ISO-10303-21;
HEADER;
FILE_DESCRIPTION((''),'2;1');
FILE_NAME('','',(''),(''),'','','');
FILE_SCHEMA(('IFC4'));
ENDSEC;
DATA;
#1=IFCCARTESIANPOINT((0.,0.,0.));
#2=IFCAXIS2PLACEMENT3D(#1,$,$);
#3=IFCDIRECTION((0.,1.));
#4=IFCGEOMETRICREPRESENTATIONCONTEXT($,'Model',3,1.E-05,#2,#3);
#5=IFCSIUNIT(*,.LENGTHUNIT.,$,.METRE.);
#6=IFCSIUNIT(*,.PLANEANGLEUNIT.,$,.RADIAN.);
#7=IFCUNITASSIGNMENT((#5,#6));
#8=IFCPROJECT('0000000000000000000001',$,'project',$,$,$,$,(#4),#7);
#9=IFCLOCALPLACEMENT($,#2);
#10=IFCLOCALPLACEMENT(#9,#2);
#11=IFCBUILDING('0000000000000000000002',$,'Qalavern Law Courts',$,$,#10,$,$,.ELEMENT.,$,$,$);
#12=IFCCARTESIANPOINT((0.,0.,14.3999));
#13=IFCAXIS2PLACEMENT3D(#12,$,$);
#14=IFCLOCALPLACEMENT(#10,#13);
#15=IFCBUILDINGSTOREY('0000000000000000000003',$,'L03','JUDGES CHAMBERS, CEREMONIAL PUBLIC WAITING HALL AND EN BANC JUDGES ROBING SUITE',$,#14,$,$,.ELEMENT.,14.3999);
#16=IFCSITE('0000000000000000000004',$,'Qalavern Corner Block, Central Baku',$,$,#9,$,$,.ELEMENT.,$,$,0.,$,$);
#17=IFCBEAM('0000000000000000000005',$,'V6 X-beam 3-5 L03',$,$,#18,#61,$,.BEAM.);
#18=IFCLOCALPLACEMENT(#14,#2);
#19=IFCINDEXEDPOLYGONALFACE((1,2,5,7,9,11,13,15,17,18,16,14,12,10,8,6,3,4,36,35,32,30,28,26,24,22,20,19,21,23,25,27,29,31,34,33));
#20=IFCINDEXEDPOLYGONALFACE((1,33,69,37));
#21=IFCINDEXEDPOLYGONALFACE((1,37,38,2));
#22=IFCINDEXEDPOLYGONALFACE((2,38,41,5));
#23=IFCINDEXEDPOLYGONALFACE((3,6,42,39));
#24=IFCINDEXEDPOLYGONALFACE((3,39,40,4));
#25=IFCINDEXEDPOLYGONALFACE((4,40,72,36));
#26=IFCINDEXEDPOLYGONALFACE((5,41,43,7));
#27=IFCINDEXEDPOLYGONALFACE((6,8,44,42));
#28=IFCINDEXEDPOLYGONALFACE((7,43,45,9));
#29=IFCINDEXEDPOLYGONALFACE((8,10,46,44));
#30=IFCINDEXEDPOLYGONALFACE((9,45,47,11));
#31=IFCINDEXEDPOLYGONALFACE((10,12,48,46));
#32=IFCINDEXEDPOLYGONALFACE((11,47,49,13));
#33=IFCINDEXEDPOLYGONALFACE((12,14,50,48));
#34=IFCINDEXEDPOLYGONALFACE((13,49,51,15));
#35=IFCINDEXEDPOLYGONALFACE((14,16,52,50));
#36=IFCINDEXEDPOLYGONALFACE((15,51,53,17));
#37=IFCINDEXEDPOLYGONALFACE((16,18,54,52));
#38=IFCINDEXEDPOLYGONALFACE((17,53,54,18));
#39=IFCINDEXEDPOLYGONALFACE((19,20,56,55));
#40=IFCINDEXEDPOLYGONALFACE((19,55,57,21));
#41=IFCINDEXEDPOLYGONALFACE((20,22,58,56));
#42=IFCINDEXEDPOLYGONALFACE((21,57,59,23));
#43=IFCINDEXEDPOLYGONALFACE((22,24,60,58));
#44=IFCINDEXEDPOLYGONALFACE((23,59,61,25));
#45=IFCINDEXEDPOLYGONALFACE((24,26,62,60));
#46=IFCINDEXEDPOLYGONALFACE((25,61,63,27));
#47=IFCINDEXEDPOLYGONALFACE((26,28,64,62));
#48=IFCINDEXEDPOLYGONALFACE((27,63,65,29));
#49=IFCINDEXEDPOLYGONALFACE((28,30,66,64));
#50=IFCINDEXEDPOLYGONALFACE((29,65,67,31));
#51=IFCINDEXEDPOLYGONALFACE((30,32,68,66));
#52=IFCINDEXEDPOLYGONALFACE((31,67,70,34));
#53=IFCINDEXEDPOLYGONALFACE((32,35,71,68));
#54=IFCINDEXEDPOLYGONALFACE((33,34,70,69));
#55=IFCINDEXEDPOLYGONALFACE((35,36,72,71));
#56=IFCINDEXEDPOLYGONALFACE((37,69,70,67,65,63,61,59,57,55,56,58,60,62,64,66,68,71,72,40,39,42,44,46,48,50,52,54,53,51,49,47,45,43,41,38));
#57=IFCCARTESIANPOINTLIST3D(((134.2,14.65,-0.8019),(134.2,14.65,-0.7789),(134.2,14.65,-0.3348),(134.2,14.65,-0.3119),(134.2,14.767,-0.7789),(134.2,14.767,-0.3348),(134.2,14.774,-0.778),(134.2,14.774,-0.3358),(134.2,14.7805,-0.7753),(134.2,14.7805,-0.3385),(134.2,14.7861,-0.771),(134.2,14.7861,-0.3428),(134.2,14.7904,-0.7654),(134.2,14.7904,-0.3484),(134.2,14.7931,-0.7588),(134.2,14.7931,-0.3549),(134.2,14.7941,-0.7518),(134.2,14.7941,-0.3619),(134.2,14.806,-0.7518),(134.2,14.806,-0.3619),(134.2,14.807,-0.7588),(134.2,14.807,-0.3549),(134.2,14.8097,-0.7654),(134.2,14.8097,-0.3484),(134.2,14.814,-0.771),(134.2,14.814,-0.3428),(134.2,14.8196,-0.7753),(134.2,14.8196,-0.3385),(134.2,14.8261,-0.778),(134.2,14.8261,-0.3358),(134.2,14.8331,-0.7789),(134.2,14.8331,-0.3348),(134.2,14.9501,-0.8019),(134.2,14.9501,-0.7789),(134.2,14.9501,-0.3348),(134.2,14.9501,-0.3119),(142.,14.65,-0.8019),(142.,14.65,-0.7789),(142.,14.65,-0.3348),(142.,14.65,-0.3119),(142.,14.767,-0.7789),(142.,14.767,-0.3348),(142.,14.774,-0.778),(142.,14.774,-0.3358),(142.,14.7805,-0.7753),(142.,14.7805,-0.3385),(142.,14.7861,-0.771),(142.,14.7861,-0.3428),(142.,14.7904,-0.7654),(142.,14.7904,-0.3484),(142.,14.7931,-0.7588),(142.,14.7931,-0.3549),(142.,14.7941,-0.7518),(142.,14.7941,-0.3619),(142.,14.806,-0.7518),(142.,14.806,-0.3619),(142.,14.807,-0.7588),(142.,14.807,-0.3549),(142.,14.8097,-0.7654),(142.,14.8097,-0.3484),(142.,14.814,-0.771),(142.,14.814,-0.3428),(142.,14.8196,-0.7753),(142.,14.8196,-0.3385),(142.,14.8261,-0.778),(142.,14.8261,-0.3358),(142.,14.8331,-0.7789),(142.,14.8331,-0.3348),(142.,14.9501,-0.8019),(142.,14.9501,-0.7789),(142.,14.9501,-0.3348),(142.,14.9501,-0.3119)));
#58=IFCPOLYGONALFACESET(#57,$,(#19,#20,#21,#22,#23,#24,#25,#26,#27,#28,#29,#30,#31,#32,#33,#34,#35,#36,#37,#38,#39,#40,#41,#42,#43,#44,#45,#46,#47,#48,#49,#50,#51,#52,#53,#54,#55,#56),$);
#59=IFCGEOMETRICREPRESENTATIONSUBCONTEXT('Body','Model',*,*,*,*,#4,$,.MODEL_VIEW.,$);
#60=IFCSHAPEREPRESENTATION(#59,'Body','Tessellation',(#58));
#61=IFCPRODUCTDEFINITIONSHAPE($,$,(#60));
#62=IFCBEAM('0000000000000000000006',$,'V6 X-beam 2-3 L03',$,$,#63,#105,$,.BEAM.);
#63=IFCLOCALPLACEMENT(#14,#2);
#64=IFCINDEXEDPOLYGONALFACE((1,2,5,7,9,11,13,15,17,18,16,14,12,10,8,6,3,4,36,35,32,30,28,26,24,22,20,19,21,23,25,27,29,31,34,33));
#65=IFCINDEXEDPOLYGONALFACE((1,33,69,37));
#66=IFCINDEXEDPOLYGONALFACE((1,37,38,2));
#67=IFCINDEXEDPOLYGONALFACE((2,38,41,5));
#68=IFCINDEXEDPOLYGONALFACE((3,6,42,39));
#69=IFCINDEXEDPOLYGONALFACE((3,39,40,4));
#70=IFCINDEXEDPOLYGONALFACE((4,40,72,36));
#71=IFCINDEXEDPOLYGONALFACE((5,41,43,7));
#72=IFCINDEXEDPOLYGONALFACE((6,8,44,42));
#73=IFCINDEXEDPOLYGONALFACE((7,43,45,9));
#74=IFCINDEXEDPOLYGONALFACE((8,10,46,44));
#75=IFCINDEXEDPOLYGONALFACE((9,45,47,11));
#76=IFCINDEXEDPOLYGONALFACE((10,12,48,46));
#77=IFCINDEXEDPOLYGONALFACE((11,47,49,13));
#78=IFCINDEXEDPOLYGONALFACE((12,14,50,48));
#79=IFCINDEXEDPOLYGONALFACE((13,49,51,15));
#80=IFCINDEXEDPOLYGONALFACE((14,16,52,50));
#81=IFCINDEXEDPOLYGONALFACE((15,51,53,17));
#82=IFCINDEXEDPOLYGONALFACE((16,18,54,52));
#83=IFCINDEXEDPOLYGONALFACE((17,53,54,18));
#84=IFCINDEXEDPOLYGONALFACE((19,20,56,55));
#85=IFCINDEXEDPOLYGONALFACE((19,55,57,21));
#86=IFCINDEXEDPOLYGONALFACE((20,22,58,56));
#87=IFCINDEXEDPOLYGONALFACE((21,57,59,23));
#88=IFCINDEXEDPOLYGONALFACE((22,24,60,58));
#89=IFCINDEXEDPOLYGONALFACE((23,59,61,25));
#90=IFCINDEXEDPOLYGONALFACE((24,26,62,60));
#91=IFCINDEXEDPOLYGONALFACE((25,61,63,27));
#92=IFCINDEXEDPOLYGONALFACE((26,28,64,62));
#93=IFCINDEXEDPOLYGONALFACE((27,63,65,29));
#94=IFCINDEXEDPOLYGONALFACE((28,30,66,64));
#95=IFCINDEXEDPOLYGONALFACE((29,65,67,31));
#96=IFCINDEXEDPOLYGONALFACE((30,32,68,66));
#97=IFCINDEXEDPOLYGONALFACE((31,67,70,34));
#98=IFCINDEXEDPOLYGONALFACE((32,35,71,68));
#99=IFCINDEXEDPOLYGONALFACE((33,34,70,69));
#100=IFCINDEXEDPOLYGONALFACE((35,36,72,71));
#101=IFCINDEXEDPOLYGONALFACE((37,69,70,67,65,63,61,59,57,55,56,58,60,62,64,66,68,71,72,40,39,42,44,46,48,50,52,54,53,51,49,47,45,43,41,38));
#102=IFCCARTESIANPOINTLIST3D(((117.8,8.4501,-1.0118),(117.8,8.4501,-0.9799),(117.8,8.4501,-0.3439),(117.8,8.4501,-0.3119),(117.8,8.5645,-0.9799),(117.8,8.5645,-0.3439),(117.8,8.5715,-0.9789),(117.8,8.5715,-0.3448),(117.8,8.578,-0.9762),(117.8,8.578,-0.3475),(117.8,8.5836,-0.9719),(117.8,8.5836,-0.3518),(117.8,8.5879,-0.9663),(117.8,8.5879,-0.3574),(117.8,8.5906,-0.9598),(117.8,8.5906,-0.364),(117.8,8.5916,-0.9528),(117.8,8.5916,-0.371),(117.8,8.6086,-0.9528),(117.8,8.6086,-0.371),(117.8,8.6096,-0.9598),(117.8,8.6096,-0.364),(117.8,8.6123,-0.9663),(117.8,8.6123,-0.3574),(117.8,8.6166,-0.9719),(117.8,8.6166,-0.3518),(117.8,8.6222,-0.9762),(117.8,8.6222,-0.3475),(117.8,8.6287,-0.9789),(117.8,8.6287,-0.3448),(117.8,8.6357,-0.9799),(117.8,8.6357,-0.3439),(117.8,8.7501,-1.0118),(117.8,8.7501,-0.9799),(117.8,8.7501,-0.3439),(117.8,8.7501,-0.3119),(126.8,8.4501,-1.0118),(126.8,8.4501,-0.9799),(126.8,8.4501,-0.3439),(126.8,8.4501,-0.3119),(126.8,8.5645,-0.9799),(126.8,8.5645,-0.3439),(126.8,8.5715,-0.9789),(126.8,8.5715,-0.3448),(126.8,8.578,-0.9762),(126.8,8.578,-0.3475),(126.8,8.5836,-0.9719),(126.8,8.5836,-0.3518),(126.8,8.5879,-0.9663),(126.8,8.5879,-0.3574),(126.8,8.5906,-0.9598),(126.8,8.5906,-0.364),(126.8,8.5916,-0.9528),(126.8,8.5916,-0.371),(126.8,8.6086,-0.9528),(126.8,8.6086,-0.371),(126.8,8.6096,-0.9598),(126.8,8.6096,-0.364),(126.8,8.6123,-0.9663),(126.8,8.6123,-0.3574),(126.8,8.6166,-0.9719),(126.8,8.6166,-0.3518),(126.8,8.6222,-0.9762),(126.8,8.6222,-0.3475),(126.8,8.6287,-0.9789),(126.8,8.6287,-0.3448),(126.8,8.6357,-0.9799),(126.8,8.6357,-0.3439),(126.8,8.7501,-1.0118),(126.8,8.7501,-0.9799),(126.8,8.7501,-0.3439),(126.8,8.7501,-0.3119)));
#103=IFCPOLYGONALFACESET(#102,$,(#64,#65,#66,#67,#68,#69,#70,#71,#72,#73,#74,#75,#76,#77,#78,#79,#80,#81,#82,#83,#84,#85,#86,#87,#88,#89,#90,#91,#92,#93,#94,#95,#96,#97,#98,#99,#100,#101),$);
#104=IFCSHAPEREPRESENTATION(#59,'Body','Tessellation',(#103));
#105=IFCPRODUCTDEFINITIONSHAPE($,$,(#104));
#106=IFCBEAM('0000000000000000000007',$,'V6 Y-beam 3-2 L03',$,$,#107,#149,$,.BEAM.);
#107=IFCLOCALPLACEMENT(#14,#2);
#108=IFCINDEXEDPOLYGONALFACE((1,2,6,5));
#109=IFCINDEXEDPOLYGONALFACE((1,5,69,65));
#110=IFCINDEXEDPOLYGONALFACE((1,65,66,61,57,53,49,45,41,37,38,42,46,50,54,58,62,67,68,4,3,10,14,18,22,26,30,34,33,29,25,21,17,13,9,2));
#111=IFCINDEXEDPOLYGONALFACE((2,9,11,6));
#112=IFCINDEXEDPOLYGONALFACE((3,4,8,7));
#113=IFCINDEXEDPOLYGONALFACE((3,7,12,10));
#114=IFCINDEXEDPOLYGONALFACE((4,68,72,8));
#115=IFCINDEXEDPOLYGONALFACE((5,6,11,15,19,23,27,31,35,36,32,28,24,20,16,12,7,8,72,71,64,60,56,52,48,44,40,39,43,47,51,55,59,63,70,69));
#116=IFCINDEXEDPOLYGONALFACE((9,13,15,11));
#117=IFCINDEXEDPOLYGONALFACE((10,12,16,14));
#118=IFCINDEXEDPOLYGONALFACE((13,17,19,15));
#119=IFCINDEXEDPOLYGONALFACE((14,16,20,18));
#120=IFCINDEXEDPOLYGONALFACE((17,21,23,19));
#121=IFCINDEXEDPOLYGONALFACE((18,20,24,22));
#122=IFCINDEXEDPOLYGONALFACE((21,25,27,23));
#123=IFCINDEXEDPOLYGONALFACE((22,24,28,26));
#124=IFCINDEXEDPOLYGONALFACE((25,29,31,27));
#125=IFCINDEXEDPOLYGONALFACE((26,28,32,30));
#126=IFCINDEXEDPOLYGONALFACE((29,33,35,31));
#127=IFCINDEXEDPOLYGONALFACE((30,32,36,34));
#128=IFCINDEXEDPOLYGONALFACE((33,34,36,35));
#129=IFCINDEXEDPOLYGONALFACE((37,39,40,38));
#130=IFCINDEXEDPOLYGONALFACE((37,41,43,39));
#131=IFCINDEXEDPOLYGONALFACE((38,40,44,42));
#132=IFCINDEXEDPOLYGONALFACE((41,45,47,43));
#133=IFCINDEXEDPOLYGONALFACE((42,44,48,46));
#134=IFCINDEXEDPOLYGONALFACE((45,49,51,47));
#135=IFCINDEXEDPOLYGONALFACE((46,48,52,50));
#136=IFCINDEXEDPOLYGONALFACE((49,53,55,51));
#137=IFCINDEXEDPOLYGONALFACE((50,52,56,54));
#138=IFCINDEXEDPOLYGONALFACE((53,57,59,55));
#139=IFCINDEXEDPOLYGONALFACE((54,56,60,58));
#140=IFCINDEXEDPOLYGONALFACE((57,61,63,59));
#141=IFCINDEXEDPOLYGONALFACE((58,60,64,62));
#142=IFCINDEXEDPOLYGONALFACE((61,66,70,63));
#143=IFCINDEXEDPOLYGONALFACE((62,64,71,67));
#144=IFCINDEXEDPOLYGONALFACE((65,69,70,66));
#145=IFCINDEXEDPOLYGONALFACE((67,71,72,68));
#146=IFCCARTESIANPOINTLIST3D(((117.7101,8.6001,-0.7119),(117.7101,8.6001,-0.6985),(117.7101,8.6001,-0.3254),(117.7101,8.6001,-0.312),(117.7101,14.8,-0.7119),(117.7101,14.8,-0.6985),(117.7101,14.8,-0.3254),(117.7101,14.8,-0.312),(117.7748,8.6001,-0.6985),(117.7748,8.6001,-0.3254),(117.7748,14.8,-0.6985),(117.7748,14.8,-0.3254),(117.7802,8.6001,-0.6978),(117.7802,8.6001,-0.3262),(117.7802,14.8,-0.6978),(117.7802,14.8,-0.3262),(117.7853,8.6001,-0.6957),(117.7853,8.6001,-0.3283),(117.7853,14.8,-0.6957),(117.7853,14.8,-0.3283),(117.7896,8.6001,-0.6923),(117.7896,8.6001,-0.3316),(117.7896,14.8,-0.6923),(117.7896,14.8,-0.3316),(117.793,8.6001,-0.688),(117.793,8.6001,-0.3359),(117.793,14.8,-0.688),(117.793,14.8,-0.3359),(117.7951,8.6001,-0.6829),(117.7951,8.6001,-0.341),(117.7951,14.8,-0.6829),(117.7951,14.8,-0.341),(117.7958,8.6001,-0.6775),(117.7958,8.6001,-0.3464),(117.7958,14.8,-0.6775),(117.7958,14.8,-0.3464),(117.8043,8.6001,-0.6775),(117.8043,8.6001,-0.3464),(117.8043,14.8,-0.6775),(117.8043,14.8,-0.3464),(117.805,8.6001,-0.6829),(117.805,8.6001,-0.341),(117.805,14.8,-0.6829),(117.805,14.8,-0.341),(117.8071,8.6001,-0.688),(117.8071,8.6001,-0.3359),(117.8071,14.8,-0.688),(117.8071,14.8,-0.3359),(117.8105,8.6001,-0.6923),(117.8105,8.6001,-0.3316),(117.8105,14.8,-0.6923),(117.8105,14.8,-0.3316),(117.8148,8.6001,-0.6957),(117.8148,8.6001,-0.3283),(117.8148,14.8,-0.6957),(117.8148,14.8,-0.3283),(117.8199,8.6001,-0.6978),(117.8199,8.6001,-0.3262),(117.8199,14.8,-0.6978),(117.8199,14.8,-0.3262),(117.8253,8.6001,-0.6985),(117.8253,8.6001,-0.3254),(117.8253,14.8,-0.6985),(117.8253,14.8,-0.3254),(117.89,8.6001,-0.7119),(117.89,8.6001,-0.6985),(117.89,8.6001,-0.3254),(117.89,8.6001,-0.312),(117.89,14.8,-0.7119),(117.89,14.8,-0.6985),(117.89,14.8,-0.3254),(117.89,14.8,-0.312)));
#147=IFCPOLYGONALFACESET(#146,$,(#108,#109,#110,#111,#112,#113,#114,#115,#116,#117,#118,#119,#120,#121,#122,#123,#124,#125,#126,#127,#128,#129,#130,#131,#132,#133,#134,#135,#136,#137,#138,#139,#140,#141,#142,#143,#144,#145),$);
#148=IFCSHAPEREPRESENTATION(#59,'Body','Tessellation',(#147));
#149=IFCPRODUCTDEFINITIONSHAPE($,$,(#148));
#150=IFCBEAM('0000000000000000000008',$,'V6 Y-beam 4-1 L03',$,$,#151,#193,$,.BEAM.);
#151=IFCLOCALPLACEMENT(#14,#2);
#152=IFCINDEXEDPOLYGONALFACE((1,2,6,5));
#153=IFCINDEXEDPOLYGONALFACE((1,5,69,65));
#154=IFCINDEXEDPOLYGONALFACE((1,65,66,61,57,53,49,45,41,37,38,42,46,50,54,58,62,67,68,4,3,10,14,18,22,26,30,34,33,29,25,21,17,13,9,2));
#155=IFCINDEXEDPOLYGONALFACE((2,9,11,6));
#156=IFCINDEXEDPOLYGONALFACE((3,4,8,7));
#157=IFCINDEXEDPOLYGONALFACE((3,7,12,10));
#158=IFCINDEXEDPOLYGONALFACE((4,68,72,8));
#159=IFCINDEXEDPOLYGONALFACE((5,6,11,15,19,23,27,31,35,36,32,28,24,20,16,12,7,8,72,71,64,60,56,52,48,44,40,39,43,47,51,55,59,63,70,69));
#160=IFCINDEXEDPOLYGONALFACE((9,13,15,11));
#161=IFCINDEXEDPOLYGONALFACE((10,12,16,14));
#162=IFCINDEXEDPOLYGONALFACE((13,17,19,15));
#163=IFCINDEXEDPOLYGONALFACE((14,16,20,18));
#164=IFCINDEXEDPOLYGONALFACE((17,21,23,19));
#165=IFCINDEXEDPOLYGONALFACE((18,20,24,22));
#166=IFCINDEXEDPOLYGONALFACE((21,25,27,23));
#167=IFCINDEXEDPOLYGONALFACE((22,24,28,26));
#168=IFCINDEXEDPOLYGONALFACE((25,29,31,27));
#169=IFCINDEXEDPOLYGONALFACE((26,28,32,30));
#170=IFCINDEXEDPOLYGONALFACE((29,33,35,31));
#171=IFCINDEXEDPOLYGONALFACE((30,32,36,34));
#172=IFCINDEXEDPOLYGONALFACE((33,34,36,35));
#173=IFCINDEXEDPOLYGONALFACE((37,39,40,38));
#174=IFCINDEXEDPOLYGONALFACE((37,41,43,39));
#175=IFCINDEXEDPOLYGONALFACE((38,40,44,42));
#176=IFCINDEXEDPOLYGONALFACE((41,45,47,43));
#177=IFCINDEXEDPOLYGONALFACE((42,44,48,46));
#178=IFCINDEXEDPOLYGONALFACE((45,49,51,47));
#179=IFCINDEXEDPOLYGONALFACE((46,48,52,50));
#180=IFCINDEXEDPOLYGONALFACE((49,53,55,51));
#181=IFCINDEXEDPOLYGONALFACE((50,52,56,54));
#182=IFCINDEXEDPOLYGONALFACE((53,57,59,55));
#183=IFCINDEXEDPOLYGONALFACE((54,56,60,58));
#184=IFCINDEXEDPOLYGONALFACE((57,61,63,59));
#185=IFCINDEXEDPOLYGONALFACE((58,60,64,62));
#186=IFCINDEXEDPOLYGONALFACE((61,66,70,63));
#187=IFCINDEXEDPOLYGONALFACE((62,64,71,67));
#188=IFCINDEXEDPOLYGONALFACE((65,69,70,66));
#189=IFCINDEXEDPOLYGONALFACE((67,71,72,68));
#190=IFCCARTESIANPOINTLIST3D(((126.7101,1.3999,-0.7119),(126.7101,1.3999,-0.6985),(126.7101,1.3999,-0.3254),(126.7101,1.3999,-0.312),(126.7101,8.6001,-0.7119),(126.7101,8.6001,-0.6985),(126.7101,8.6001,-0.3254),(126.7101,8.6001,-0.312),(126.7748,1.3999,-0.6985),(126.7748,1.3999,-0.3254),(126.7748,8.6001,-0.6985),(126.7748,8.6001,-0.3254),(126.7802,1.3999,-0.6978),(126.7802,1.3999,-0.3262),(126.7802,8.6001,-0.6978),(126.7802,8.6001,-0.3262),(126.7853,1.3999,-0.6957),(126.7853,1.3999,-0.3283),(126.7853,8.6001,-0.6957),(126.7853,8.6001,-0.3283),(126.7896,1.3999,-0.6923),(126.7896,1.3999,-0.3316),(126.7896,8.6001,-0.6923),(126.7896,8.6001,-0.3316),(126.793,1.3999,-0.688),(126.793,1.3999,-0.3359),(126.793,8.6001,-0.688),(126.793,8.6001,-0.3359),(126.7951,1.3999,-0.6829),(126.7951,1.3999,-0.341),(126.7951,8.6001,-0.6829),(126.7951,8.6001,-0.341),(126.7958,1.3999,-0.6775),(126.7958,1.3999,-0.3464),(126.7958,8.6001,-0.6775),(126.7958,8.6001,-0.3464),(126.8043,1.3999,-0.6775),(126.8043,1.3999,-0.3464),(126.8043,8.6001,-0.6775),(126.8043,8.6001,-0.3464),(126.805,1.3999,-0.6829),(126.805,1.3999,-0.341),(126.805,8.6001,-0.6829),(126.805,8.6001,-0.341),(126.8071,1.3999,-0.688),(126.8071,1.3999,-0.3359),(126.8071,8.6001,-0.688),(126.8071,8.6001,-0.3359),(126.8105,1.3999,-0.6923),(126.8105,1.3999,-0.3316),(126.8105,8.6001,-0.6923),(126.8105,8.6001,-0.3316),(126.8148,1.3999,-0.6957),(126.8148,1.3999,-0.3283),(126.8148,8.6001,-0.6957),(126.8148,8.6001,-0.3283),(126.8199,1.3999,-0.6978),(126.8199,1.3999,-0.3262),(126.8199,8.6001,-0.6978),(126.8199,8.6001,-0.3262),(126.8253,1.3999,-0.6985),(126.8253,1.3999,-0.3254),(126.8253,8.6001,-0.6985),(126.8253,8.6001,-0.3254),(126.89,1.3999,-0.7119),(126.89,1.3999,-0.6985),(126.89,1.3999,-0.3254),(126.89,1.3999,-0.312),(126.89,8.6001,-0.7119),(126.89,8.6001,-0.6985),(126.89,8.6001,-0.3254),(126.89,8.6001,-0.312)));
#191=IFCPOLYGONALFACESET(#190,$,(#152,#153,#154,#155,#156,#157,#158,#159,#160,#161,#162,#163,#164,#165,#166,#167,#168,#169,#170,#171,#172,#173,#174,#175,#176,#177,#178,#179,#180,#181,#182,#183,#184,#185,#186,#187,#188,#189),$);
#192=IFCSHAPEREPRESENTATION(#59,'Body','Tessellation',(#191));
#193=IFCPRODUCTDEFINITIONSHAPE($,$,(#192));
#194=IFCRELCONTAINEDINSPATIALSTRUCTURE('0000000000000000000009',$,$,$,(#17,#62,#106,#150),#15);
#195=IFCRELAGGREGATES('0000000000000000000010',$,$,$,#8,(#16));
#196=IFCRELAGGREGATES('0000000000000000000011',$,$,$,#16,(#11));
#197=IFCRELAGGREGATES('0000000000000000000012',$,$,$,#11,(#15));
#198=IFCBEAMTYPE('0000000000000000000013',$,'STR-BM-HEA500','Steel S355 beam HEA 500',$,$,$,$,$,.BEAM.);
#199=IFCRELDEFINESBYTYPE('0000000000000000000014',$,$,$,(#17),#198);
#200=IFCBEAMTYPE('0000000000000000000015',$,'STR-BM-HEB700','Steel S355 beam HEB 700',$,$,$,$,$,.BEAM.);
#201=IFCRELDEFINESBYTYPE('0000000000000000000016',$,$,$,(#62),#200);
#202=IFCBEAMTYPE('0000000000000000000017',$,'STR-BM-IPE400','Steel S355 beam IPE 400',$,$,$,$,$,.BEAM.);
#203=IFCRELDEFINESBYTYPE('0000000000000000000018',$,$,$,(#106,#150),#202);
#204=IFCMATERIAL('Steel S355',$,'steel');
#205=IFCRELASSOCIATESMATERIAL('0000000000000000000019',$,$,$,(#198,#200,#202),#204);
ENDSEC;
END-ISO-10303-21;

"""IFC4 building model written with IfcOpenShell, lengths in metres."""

from ifc_helpers import new_model, si_unit, direction, frame, origin, origin_2d, place, context, subcontext, project, spatial, i_section, extrude, material, material_profile, profile_set, type_object, element, save


model = new_model("IFC4")

# Units and contexts
model_context = context("Model", 3, precision=1e-05, world=origin(), true_north=direction((0.0, 1.0)))
body_context = subcontext(model_context, "Body", "Model", "MODEL_VIEW")
ifc_project = project(units=[si_unit("LENGTHUNIT", "METRE"), si_unit("PLANEANGLEUNIT", "RADIAN")], contexts=[model_context])

# Site, building, storey
site_placement = place(None, origin())
site = spatial("IfcSite", under=ifc_project, at=site_placement, Name="Qalavern Corner Block, Central Baku", CompositionType="ELEMENT", RefElevation=0.0)
building_placement = place(site_placement, origin())
building = spatial("IfcBuilding", under=site, at=building_placement, Name="Qalavern Law Courts", CompositionType="ELEMENT")
storey_placement = place(building_placement, frame((0.0, 0.0, 14.3999)))
storey = spatial("IfcBuildingStorey", under=building, at=storey_placement, Name="L03", Description="JUDGES CHAMBERS, CEREMONIAL PUBLIC WAITING HALL AND EN BANC JUDGES ROBING SUITE", CompositionType="ELEMENT", Elevation=14.3999)

# Beams
ifc_material_1 = material(Name="Steel S355", Category="steel")
ifc_material_profile_1 = material_profile(ifc_material_1, i_section(OverallWidth=0.3, OverallDepth=0.49, WebThickness=0.012, FlangeThickness=0.0229, FilletRadius=0.0271, at=origin_2d()), Name="HEA 500")
ifc_profile_set_1 = profile_set([ifc_material_profile_1], Name="Steel S355")
beam_type_1 = type_object("IfcBeamType", Name="STR-BM-HEA500", Description="Steel S355 beam HEA 500", PredefinedType="BEAM", material=ifc_profile_set_1)
beam_1_placement = place(storey_placement, frame((134.2, 14.8, -0.5569), z_axis=(1.0, 0.0, 0.0), x_axis=(0.0, 1.0, 0.0)))
element("IfcBeam", 1, at=beam_1_placement, inside=storey, type_object=beam_type_1, Name="V6 X-beam 3-5 L03", PredefinedType="BEAM", context=body_context, shape_type="SweptSolid", body=[
    extrude(i_section(OverallWidth=0.3, OverallDepth=0.49, WebThickness=0.012, FlangeThickness=0.0229, FilletRadius=0.0271, at=origin_2d()), origin(), (0.0, 0.0, 1.0), 7.8),
])
ifc_material_profile_2 = material_profile(ifc_material_1, i_section(OverallWidth=0.3, OverallDepth=0.7, WebThickness=0.0171, FlangeThickness=0.032, FilletRadius=0.0271, at=origin_2d()), Name="HEB 700")
ifc_profile_set_2 = profile_set([ifc_material_profile_2], Name="Steel S355")
beam_type_2 = type_object("IfcBeamType", Name="STR-BM-HEB700", Description="Steel S355 beam HEB 700", PredefinedType="BEAM", material=ifc_profile_set_2)
beam_2_placement = place(storey_placement, frame((117.8, 8.6001, -0.6619), z_axis=(1.0, 0.0, 0.0), x_axis=(0.0, 1.0, 0.0)))
element("IfcBeam", 2, at=beam_2_placement, inside=storey, type_object=beam_type_2, Name="V6 X-beam 2-3 L03", PredefinedType="BEAM", context=body_context, shape_type="SweptSolid", body=[
    extrude(i_section(OverallWidth=0.3, OverallDepth=0.7, WebThickness=0.0171, FlangeThickness=0.032, FilletRadius=0.0271, at=origin_2d()), origin(), (0.0, 0.0, 1.0), 9.0),
])
ifc_material_profile_3 = material_profile(ifc_material_1, i_section(OverallWidth=0.1799, OverallDepth=0.3999, WebThickness=0.0085, FlangeThickness=0.0134, FilletRadius=0.021, at=origin_2d()), Name="IPE 400")
ifc_profile_set_3 = profile_set([ifc_material_profile_3], Name="Steel S355")
beam_type_3 = type_object("IfcBeamType", Name="STR-BM-IPE400", Description="Steel S355 beam IPE 400", PredefinedType="BEAM", material=ifc_profile_set_3)
beam_3_placement = place(storey_placement, frame((117.8, 8.6001, -0.512), z_axis=(0.0, 1.0, 0.0), x_axis=(-1.0, 0.0, 0.0)))
element("IfcBeam", 3, at=beam_3_placement, inside=storey, type_object=beam_type_3, Name="V6 Y-beam 3-2 L03", PredefinedType="BEAM", context=body_context, shape_type="SweptSolid", body=[
    extrude(i_section(OverallWidth=0.1799, OverallDepth=0.3999, WebThickness=0.0085, FlangeThickness=0.0134, FilletRadius=0.021, at=origin_2d()), origin(), (0.0, 0.0, 1.0), 6.2),
])
beam_4_placement = place(storey_placement, frame((126.8, 1.3999, -0.512), z_axis=(0.0, 1.0, 0.0), x_axis=(-1.0, 0.0, 0.0)))
element("IfcBeam", 4, at=beam_4_placement, inside=storey, type_object=beam_type_3, Name="V6 Y-beam 4-1 L03", PredefinedType="BEAM", context=body_context, shape_type="SweptSolid", body=[
    extrude(i_section(OverallWidth=0.1799, OverallDepth=0.3999, WebThickness=0.0085, FlangeThickness=0.0134, FilletRadius=0.021, at=origin_2d()), origin(), (0.0, 0.0, 1.0), 7.2002),
])

save(model, "model.ifc")
